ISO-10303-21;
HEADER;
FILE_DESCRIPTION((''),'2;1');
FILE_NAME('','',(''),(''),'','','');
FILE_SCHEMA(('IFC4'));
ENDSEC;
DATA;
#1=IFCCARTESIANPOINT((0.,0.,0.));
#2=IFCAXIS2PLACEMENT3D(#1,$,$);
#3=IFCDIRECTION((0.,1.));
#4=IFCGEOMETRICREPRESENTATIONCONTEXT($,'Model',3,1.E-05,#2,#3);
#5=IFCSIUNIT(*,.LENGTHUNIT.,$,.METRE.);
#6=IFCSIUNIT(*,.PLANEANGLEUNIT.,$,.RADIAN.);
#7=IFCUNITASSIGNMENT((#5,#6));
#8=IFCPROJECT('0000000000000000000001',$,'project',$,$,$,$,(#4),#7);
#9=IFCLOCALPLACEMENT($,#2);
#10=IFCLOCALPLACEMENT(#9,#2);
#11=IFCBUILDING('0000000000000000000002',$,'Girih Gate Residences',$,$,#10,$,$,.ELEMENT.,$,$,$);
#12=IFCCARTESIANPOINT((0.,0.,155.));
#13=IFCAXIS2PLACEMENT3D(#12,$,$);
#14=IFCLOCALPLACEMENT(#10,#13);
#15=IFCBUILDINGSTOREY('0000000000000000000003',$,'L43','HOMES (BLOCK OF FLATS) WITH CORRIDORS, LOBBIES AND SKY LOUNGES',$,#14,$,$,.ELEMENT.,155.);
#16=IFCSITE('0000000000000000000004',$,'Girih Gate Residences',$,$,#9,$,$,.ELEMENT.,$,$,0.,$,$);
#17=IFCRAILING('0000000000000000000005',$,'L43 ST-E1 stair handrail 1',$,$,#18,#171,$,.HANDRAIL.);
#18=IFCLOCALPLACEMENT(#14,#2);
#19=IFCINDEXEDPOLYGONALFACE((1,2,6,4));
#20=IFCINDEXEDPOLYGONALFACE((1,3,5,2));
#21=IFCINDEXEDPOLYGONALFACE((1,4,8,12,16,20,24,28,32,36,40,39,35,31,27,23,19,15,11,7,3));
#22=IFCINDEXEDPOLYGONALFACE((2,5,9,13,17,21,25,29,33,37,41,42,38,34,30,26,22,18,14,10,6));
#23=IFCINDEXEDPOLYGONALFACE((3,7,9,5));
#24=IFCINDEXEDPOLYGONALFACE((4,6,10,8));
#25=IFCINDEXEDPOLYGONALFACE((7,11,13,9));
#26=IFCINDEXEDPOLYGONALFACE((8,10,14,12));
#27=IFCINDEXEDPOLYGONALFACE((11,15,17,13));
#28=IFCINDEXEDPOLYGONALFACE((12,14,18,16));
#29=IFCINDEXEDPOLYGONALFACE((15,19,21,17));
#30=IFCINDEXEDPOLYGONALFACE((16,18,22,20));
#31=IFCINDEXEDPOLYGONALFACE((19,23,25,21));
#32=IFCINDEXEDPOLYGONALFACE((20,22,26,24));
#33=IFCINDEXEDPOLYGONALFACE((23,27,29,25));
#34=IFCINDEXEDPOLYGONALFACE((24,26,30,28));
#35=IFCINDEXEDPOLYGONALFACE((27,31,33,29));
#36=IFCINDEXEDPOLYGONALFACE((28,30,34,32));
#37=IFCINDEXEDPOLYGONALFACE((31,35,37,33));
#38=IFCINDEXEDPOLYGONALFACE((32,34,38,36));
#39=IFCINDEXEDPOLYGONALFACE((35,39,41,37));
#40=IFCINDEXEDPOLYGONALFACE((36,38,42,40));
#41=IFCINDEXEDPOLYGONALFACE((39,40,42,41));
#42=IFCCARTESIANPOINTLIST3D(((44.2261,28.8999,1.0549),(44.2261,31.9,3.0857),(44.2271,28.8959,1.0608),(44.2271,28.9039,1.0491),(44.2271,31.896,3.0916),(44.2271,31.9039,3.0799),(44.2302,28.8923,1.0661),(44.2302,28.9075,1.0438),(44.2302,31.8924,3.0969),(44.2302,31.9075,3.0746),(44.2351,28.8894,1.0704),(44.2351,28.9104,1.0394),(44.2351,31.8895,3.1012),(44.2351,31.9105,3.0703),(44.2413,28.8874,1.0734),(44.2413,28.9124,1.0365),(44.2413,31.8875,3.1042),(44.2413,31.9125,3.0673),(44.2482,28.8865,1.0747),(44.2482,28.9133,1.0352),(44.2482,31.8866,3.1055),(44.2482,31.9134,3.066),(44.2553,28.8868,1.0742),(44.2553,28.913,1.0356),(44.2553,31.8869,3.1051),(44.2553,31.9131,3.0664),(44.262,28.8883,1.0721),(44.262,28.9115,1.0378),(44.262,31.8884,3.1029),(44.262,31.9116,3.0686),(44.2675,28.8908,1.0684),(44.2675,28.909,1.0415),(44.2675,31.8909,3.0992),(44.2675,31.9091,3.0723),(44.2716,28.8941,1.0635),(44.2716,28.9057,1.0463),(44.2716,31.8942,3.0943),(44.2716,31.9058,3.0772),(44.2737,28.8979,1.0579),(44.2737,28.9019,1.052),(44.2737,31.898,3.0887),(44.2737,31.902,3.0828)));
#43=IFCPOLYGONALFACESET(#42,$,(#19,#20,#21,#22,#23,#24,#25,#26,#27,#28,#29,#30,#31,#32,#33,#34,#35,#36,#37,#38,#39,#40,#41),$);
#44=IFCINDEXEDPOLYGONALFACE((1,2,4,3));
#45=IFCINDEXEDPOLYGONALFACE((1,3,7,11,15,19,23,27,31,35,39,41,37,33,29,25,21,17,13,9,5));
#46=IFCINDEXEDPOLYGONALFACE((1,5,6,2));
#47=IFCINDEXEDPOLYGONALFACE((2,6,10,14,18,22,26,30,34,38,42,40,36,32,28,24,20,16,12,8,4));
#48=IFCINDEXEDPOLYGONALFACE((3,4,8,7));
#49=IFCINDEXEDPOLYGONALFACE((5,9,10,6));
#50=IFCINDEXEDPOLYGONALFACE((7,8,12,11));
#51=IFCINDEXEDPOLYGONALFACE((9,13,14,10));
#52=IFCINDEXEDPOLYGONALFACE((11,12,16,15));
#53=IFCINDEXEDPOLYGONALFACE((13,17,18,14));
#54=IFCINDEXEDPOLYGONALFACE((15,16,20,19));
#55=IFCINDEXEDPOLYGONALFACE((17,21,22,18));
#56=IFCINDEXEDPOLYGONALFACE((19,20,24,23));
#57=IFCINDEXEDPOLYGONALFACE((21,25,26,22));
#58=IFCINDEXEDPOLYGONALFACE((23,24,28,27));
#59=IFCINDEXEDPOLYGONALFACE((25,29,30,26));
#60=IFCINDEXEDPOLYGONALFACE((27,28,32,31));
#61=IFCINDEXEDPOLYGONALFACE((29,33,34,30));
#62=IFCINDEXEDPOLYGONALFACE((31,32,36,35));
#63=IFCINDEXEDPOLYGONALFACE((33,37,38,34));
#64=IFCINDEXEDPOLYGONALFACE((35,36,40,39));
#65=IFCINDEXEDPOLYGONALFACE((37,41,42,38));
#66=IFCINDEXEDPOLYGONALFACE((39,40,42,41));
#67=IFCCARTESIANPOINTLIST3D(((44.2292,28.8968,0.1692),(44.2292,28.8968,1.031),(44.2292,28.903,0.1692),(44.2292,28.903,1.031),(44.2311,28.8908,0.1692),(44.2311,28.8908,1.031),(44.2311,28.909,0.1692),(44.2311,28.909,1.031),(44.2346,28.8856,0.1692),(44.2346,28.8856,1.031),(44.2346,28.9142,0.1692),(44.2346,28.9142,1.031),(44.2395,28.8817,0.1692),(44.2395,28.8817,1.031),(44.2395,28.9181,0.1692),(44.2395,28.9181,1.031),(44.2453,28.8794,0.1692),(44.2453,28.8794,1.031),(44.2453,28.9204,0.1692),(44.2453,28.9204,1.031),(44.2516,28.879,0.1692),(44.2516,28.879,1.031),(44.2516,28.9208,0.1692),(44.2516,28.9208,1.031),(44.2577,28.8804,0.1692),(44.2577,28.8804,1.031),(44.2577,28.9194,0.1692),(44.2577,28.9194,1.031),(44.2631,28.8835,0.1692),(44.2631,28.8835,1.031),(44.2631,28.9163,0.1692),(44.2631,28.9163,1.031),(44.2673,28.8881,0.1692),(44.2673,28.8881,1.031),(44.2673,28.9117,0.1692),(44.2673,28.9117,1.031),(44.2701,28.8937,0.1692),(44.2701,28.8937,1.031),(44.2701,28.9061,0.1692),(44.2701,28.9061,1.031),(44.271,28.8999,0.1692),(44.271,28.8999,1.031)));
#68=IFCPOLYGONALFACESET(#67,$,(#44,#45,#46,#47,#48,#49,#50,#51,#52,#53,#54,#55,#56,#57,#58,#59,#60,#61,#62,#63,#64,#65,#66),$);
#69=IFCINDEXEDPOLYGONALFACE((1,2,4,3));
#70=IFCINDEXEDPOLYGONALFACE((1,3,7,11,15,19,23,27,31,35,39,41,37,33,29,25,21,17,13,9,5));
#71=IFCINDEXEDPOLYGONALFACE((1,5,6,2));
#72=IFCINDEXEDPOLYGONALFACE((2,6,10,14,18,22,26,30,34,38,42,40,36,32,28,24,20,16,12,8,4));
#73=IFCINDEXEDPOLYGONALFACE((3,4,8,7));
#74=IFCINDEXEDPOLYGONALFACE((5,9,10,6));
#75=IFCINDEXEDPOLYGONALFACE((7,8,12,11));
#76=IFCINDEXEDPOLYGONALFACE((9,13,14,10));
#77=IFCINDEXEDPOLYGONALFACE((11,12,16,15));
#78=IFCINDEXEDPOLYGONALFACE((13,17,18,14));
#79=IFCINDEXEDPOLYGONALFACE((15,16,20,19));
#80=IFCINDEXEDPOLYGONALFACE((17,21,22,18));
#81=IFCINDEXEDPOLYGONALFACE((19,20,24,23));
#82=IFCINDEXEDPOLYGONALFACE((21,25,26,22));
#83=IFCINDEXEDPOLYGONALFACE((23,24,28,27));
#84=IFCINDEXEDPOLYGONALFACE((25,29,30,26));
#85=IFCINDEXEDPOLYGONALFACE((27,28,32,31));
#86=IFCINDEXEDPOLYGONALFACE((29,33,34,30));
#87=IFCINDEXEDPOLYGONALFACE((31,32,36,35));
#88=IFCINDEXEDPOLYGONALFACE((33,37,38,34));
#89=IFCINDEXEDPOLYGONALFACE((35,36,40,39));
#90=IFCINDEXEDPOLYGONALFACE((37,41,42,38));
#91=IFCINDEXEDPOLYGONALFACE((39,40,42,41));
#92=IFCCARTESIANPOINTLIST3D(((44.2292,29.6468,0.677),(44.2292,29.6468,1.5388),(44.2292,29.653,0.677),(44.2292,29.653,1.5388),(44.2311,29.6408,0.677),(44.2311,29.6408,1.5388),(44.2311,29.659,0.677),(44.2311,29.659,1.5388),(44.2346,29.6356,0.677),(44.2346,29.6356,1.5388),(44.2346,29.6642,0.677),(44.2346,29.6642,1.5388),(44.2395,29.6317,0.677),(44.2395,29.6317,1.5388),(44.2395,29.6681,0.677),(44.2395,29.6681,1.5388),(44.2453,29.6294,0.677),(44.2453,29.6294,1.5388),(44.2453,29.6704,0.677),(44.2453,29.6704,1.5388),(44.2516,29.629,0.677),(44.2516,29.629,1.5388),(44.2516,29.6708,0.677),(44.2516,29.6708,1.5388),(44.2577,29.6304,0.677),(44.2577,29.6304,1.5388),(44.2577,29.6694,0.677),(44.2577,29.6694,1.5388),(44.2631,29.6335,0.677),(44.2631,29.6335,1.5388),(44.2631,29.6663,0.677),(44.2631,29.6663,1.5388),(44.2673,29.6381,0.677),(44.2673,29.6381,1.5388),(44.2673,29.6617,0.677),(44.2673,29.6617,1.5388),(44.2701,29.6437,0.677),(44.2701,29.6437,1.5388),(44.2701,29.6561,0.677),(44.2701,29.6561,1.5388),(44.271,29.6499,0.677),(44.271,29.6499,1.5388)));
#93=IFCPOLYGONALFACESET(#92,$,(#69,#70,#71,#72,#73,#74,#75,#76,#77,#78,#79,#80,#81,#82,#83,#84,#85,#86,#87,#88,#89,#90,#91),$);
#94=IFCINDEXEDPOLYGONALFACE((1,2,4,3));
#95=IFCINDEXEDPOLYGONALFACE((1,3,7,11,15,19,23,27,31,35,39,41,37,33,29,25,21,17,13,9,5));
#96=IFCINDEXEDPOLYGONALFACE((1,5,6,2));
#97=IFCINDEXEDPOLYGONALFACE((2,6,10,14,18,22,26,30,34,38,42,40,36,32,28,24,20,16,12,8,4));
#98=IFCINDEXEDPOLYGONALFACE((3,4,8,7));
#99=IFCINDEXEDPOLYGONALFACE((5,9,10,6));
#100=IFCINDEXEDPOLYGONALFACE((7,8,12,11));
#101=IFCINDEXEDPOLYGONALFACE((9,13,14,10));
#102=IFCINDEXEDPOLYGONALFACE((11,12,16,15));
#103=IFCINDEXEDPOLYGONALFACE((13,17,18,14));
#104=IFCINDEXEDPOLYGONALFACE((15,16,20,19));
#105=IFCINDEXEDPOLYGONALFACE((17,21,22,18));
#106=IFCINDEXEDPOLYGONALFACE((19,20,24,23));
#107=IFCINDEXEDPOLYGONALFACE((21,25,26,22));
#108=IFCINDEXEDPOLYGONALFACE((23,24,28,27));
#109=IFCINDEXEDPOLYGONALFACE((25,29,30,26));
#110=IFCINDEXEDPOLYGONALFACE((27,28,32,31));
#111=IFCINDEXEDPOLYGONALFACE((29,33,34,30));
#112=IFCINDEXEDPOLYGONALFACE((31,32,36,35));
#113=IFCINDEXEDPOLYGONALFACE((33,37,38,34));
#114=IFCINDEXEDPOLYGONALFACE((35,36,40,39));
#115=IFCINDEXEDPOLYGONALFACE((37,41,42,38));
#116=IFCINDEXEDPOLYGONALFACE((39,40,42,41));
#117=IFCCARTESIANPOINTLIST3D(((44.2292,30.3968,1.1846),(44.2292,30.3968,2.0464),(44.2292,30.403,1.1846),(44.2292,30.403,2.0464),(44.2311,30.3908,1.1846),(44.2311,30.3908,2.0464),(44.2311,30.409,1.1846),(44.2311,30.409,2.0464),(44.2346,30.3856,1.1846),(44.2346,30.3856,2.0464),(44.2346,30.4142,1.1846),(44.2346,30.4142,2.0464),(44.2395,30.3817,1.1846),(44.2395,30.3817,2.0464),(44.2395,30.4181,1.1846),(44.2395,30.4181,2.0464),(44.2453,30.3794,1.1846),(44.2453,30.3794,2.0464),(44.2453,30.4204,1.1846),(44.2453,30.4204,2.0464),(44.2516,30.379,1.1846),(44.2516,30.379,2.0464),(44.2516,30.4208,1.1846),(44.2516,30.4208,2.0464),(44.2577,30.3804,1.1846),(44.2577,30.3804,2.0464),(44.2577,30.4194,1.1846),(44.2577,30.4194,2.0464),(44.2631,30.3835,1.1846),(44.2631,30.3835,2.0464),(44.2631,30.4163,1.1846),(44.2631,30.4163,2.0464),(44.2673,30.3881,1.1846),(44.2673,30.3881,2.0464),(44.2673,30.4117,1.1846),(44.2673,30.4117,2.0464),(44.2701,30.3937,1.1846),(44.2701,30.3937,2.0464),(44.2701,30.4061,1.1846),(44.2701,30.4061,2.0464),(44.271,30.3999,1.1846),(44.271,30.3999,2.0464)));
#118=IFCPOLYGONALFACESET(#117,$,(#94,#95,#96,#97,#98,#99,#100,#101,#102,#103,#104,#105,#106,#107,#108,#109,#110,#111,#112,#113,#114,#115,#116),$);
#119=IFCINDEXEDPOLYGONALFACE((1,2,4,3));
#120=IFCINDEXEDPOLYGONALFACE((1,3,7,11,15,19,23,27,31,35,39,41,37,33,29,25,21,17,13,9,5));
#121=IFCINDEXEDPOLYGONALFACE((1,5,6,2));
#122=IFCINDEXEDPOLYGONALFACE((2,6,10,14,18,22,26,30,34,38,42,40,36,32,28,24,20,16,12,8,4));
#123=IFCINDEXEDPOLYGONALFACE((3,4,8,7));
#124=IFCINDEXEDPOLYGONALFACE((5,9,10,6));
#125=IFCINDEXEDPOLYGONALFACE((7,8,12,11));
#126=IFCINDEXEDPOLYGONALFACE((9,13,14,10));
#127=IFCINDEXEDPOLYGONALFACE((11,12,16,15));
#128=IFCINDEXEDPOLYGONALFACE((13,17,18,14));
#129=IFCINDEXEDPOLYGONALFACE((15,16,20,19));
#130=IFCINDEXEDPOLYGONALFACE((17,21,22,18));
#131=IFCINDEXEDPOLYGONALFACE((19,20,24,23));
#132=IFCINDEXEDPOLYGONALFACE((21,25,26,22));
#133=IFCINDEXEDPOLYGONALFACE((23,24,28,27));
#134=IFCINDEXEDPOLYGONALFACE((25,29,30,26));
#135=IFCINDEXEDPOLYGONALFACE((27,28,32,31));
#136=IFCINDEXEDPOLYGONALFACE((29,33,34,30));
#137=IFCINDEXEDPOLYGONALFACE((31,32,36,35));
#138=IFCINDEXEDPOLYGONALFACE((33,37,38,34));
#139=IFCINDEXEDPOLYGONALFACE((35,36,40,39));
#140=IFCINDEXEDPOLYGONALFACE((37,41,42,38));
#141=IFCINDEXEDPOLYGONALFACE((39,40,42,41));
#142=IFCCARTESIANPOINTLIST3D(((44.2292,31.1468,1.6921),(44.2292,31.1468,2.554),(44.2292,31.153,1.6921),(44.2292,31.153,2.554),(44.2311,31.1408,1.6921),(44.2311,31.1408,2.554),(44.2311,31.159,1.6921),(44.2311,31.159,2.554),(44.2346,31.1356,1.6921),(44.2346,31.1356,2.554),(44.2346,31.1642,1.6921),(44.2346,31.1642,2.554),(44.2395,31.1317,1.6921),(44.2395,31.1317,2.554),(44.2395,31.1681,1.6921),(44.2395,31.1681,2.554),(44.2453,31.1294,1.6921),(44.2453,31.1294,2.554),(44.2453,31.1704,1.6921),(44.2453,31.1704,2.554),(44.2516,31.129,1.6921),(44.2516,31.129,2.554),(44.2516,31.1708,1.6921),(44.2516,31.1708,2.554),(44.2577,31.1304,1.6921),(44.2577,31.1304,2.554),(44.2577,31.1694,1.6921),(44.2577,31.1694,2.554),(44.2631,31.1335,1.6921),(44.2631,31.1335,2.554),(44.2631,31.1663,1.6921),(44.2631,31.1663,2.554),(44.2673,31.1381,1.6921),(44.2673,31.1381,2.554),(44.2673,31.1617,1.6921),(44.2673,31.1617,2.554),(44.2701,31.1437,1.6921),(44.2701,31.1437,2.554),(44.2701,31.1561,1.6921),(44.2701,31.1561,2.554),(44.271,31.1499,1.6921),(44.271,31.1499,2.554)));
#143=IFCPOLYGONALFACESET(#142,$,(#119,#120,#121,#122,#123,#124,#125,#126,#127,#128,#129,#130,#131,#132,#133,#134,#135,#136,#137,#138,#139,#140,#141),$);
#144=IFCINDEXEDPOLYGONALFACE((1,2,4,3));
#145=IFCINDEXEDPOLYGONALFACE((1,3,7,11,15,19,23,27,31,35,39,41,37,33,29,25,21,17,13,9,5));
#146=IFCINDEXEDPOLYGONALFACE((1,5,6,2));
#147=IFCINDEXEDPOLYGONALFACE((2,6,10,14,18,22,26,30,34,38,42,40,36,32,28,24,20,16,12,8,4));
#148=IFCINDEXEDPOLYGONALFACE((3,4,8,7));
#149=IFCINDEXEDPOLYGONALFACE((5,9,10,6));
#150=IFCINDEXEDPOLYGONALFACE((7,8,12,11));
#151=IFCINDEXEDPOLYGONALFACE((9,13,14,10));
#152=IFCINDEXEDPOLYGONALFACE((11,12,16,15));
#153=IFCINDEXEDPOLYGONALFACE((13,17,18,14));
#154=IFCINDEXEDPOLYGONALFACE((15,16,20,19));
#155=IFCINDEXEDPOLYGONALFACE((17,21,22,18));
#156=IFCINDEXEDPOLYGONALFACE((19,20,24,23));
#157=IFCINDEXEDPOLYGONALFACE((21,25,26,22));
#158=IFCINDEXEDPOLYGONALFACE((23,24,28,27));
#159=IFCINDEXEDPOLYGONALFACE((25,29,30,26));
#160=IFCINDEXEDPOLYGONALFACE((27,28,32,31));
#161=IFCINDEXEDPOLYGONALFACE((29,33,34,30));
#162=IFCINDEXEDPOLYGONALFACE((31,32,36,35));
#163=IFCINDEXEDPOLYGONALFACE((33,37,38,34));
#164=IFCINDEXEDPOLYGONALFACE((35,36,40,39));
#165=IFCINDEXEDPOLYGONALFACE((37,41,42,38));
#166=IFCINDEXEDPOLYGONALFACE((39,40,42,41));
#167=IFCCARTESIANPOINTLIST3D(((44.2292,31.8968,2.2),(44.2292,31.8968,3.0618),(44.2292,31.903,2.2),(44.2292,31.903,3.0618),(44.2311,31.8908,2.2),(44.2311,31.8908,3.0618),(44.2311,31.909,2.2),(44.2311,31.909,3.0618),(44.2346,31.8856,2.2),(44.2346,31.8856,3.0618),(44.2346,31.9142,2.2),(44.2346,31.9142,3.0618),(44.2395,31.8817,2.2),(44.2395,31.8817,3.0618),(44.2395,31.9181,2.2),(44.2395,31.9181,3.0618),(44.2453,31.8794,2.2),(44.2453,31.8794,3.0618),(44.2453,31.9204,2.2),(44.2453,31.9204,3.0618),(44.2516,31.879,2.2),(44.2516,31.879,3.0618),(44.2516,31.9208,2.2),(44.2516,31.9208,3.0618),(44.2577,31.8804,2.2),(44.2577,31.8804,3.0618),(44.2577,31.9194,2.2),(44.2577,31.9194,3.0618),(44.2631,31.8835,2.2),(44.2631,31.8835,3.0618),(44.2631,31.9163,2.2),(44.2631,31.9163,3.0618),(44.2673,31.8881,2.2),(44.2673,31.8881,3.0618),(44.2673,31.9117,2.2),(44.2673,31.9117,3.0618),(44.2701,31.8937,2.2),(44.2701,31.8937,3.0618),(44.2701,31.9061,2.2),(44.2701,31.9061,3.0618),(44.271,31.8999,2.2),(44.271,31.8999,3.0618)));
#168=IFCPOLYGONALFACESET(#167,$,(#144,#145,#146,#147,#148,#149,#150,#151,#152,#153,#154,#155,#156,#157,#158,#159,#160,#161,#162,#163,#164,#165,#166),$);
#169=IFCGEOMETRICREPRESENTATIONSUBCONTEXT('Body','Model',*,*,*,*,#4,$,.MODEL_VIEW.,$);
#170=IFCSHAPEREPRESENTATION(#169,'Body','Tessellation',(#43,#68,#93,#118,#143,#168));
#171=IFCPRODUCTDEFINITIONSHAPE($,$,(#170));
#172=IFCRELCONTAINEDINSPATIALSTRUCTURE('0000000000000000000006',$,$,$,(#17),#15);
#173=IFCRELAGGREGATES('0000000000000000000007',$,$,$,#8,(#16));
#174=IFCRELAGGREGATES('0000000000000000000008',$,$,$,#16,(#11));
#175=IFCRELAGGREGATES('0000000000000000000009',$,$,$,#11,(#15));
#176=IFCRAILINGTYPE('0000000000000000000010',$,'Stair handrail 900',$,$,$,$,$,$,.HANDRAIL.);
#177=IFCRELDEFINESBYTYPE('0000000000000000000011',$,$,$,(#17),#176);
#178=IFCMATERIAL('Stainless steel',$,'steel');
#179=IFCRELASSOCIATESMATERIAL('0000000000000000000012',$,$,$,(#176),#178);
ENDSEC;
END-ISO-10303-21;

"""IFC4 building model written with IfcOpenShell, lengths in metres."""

from ifc_helpers import new_model, si_unit, direction, frame, origin, origin_2d, place, context, subcontext, project, spatial, circle, extrude, material, type_object, element, save


model = new_model("IFC4")

# Units and contexts
model_context = context("Model", 3, precision=1e-05, world=origin(), true_north=direction((0.0, 1.0)))
body_context = subcontext(model_context, "Body", "Model", "MODEL_VIEW")
ifc_project = project(units=[si_unit("LENGTHUNIT", "METRE"), si_unit("PLANEANGLEUNIT", "RADIAN")], contexts=[model_context])

# Site, building, storey
site_placement = place(None, origin())
site = spatial("IfcSite", under=ifc_project, at=site_placement, Name="Girih Gate Residences", CompositionType="ELEMENT", RefElevation=0.0)
building_placement = place(site_placement, origin())
building = spatial("IfcBuilding", under=site, at=building_placement, Name="Girih Gate Residences", CompositionType="ELEMENT")
storey_placement = place(building_placement, frame((0.0, 0.0, 155.0)))
storey = spatial("IfcBuildingStorey", under=building, at=storey_placement, Name="L43", Description="HOMES (BLOCK OF FLATS) WITH CORRIDORS, LOBBIES AND SKY LOUNGES", CompositionType="ELEMENT", Elevation=155.0)

# Railing
ifc_material_1 = material(Name="Stainless steel", Category="steel")
railing_type_1 = type_object("IfcRailingType", Name="Stair handrail 900", PredefinedType="HANDRAIL", material=ifc_material_1)
railing_1_placement = place(storey_placement, frame((44.25, 28.8999, 0.1692)))
element("IfcRailing", 1, at=railing_1_placement, inside=storey, type_object=railing_type_1, Name="L43 ST-E1 stair handrail 1", PredefinedType="HANDRAIL", context=body_context, shape_type="SweptSolid", body=[
    extrude(circle(Radius=0.0239, at=origin_2d()), frame((0.0, 0.0, 0.8857), z_axis=(0.0, 0.82811, 0.560565), x_axis=(-1.0, 0.0, 0.0)), (0.0, 0.0, 1.0), 3.6228),
    extrude(circle(Radius=0.021, at=origin_2d()), origin(), (0.0, 0.0, 1.0), 0.8618),
    extrude(circle(Radius=0.021, at=origin_2d()), frame((0.0, 0.75, 0.5078)), (0.0, 0.0, 1.0), 0.8618),
    extrude(circle(Radius=0.021, at=origin_2d()), frame((0.0, 1.5, 1.0154)), (0.0, 0.0, 1.0), 0.8618),
    extrude(circle(Radius=0.021, at=origin_2d()), frame((0.0, 2.25, 1.5229)), (0.0, 0.0, 1.0), 0.8618),
    extrude(circle(Radius=0.021, at=origin_2d()), frame((0.0, 3.0, 2.0308)), (0.0, 0.0, 1.0), 0.8618),
])

save(model, "model.ifc")
